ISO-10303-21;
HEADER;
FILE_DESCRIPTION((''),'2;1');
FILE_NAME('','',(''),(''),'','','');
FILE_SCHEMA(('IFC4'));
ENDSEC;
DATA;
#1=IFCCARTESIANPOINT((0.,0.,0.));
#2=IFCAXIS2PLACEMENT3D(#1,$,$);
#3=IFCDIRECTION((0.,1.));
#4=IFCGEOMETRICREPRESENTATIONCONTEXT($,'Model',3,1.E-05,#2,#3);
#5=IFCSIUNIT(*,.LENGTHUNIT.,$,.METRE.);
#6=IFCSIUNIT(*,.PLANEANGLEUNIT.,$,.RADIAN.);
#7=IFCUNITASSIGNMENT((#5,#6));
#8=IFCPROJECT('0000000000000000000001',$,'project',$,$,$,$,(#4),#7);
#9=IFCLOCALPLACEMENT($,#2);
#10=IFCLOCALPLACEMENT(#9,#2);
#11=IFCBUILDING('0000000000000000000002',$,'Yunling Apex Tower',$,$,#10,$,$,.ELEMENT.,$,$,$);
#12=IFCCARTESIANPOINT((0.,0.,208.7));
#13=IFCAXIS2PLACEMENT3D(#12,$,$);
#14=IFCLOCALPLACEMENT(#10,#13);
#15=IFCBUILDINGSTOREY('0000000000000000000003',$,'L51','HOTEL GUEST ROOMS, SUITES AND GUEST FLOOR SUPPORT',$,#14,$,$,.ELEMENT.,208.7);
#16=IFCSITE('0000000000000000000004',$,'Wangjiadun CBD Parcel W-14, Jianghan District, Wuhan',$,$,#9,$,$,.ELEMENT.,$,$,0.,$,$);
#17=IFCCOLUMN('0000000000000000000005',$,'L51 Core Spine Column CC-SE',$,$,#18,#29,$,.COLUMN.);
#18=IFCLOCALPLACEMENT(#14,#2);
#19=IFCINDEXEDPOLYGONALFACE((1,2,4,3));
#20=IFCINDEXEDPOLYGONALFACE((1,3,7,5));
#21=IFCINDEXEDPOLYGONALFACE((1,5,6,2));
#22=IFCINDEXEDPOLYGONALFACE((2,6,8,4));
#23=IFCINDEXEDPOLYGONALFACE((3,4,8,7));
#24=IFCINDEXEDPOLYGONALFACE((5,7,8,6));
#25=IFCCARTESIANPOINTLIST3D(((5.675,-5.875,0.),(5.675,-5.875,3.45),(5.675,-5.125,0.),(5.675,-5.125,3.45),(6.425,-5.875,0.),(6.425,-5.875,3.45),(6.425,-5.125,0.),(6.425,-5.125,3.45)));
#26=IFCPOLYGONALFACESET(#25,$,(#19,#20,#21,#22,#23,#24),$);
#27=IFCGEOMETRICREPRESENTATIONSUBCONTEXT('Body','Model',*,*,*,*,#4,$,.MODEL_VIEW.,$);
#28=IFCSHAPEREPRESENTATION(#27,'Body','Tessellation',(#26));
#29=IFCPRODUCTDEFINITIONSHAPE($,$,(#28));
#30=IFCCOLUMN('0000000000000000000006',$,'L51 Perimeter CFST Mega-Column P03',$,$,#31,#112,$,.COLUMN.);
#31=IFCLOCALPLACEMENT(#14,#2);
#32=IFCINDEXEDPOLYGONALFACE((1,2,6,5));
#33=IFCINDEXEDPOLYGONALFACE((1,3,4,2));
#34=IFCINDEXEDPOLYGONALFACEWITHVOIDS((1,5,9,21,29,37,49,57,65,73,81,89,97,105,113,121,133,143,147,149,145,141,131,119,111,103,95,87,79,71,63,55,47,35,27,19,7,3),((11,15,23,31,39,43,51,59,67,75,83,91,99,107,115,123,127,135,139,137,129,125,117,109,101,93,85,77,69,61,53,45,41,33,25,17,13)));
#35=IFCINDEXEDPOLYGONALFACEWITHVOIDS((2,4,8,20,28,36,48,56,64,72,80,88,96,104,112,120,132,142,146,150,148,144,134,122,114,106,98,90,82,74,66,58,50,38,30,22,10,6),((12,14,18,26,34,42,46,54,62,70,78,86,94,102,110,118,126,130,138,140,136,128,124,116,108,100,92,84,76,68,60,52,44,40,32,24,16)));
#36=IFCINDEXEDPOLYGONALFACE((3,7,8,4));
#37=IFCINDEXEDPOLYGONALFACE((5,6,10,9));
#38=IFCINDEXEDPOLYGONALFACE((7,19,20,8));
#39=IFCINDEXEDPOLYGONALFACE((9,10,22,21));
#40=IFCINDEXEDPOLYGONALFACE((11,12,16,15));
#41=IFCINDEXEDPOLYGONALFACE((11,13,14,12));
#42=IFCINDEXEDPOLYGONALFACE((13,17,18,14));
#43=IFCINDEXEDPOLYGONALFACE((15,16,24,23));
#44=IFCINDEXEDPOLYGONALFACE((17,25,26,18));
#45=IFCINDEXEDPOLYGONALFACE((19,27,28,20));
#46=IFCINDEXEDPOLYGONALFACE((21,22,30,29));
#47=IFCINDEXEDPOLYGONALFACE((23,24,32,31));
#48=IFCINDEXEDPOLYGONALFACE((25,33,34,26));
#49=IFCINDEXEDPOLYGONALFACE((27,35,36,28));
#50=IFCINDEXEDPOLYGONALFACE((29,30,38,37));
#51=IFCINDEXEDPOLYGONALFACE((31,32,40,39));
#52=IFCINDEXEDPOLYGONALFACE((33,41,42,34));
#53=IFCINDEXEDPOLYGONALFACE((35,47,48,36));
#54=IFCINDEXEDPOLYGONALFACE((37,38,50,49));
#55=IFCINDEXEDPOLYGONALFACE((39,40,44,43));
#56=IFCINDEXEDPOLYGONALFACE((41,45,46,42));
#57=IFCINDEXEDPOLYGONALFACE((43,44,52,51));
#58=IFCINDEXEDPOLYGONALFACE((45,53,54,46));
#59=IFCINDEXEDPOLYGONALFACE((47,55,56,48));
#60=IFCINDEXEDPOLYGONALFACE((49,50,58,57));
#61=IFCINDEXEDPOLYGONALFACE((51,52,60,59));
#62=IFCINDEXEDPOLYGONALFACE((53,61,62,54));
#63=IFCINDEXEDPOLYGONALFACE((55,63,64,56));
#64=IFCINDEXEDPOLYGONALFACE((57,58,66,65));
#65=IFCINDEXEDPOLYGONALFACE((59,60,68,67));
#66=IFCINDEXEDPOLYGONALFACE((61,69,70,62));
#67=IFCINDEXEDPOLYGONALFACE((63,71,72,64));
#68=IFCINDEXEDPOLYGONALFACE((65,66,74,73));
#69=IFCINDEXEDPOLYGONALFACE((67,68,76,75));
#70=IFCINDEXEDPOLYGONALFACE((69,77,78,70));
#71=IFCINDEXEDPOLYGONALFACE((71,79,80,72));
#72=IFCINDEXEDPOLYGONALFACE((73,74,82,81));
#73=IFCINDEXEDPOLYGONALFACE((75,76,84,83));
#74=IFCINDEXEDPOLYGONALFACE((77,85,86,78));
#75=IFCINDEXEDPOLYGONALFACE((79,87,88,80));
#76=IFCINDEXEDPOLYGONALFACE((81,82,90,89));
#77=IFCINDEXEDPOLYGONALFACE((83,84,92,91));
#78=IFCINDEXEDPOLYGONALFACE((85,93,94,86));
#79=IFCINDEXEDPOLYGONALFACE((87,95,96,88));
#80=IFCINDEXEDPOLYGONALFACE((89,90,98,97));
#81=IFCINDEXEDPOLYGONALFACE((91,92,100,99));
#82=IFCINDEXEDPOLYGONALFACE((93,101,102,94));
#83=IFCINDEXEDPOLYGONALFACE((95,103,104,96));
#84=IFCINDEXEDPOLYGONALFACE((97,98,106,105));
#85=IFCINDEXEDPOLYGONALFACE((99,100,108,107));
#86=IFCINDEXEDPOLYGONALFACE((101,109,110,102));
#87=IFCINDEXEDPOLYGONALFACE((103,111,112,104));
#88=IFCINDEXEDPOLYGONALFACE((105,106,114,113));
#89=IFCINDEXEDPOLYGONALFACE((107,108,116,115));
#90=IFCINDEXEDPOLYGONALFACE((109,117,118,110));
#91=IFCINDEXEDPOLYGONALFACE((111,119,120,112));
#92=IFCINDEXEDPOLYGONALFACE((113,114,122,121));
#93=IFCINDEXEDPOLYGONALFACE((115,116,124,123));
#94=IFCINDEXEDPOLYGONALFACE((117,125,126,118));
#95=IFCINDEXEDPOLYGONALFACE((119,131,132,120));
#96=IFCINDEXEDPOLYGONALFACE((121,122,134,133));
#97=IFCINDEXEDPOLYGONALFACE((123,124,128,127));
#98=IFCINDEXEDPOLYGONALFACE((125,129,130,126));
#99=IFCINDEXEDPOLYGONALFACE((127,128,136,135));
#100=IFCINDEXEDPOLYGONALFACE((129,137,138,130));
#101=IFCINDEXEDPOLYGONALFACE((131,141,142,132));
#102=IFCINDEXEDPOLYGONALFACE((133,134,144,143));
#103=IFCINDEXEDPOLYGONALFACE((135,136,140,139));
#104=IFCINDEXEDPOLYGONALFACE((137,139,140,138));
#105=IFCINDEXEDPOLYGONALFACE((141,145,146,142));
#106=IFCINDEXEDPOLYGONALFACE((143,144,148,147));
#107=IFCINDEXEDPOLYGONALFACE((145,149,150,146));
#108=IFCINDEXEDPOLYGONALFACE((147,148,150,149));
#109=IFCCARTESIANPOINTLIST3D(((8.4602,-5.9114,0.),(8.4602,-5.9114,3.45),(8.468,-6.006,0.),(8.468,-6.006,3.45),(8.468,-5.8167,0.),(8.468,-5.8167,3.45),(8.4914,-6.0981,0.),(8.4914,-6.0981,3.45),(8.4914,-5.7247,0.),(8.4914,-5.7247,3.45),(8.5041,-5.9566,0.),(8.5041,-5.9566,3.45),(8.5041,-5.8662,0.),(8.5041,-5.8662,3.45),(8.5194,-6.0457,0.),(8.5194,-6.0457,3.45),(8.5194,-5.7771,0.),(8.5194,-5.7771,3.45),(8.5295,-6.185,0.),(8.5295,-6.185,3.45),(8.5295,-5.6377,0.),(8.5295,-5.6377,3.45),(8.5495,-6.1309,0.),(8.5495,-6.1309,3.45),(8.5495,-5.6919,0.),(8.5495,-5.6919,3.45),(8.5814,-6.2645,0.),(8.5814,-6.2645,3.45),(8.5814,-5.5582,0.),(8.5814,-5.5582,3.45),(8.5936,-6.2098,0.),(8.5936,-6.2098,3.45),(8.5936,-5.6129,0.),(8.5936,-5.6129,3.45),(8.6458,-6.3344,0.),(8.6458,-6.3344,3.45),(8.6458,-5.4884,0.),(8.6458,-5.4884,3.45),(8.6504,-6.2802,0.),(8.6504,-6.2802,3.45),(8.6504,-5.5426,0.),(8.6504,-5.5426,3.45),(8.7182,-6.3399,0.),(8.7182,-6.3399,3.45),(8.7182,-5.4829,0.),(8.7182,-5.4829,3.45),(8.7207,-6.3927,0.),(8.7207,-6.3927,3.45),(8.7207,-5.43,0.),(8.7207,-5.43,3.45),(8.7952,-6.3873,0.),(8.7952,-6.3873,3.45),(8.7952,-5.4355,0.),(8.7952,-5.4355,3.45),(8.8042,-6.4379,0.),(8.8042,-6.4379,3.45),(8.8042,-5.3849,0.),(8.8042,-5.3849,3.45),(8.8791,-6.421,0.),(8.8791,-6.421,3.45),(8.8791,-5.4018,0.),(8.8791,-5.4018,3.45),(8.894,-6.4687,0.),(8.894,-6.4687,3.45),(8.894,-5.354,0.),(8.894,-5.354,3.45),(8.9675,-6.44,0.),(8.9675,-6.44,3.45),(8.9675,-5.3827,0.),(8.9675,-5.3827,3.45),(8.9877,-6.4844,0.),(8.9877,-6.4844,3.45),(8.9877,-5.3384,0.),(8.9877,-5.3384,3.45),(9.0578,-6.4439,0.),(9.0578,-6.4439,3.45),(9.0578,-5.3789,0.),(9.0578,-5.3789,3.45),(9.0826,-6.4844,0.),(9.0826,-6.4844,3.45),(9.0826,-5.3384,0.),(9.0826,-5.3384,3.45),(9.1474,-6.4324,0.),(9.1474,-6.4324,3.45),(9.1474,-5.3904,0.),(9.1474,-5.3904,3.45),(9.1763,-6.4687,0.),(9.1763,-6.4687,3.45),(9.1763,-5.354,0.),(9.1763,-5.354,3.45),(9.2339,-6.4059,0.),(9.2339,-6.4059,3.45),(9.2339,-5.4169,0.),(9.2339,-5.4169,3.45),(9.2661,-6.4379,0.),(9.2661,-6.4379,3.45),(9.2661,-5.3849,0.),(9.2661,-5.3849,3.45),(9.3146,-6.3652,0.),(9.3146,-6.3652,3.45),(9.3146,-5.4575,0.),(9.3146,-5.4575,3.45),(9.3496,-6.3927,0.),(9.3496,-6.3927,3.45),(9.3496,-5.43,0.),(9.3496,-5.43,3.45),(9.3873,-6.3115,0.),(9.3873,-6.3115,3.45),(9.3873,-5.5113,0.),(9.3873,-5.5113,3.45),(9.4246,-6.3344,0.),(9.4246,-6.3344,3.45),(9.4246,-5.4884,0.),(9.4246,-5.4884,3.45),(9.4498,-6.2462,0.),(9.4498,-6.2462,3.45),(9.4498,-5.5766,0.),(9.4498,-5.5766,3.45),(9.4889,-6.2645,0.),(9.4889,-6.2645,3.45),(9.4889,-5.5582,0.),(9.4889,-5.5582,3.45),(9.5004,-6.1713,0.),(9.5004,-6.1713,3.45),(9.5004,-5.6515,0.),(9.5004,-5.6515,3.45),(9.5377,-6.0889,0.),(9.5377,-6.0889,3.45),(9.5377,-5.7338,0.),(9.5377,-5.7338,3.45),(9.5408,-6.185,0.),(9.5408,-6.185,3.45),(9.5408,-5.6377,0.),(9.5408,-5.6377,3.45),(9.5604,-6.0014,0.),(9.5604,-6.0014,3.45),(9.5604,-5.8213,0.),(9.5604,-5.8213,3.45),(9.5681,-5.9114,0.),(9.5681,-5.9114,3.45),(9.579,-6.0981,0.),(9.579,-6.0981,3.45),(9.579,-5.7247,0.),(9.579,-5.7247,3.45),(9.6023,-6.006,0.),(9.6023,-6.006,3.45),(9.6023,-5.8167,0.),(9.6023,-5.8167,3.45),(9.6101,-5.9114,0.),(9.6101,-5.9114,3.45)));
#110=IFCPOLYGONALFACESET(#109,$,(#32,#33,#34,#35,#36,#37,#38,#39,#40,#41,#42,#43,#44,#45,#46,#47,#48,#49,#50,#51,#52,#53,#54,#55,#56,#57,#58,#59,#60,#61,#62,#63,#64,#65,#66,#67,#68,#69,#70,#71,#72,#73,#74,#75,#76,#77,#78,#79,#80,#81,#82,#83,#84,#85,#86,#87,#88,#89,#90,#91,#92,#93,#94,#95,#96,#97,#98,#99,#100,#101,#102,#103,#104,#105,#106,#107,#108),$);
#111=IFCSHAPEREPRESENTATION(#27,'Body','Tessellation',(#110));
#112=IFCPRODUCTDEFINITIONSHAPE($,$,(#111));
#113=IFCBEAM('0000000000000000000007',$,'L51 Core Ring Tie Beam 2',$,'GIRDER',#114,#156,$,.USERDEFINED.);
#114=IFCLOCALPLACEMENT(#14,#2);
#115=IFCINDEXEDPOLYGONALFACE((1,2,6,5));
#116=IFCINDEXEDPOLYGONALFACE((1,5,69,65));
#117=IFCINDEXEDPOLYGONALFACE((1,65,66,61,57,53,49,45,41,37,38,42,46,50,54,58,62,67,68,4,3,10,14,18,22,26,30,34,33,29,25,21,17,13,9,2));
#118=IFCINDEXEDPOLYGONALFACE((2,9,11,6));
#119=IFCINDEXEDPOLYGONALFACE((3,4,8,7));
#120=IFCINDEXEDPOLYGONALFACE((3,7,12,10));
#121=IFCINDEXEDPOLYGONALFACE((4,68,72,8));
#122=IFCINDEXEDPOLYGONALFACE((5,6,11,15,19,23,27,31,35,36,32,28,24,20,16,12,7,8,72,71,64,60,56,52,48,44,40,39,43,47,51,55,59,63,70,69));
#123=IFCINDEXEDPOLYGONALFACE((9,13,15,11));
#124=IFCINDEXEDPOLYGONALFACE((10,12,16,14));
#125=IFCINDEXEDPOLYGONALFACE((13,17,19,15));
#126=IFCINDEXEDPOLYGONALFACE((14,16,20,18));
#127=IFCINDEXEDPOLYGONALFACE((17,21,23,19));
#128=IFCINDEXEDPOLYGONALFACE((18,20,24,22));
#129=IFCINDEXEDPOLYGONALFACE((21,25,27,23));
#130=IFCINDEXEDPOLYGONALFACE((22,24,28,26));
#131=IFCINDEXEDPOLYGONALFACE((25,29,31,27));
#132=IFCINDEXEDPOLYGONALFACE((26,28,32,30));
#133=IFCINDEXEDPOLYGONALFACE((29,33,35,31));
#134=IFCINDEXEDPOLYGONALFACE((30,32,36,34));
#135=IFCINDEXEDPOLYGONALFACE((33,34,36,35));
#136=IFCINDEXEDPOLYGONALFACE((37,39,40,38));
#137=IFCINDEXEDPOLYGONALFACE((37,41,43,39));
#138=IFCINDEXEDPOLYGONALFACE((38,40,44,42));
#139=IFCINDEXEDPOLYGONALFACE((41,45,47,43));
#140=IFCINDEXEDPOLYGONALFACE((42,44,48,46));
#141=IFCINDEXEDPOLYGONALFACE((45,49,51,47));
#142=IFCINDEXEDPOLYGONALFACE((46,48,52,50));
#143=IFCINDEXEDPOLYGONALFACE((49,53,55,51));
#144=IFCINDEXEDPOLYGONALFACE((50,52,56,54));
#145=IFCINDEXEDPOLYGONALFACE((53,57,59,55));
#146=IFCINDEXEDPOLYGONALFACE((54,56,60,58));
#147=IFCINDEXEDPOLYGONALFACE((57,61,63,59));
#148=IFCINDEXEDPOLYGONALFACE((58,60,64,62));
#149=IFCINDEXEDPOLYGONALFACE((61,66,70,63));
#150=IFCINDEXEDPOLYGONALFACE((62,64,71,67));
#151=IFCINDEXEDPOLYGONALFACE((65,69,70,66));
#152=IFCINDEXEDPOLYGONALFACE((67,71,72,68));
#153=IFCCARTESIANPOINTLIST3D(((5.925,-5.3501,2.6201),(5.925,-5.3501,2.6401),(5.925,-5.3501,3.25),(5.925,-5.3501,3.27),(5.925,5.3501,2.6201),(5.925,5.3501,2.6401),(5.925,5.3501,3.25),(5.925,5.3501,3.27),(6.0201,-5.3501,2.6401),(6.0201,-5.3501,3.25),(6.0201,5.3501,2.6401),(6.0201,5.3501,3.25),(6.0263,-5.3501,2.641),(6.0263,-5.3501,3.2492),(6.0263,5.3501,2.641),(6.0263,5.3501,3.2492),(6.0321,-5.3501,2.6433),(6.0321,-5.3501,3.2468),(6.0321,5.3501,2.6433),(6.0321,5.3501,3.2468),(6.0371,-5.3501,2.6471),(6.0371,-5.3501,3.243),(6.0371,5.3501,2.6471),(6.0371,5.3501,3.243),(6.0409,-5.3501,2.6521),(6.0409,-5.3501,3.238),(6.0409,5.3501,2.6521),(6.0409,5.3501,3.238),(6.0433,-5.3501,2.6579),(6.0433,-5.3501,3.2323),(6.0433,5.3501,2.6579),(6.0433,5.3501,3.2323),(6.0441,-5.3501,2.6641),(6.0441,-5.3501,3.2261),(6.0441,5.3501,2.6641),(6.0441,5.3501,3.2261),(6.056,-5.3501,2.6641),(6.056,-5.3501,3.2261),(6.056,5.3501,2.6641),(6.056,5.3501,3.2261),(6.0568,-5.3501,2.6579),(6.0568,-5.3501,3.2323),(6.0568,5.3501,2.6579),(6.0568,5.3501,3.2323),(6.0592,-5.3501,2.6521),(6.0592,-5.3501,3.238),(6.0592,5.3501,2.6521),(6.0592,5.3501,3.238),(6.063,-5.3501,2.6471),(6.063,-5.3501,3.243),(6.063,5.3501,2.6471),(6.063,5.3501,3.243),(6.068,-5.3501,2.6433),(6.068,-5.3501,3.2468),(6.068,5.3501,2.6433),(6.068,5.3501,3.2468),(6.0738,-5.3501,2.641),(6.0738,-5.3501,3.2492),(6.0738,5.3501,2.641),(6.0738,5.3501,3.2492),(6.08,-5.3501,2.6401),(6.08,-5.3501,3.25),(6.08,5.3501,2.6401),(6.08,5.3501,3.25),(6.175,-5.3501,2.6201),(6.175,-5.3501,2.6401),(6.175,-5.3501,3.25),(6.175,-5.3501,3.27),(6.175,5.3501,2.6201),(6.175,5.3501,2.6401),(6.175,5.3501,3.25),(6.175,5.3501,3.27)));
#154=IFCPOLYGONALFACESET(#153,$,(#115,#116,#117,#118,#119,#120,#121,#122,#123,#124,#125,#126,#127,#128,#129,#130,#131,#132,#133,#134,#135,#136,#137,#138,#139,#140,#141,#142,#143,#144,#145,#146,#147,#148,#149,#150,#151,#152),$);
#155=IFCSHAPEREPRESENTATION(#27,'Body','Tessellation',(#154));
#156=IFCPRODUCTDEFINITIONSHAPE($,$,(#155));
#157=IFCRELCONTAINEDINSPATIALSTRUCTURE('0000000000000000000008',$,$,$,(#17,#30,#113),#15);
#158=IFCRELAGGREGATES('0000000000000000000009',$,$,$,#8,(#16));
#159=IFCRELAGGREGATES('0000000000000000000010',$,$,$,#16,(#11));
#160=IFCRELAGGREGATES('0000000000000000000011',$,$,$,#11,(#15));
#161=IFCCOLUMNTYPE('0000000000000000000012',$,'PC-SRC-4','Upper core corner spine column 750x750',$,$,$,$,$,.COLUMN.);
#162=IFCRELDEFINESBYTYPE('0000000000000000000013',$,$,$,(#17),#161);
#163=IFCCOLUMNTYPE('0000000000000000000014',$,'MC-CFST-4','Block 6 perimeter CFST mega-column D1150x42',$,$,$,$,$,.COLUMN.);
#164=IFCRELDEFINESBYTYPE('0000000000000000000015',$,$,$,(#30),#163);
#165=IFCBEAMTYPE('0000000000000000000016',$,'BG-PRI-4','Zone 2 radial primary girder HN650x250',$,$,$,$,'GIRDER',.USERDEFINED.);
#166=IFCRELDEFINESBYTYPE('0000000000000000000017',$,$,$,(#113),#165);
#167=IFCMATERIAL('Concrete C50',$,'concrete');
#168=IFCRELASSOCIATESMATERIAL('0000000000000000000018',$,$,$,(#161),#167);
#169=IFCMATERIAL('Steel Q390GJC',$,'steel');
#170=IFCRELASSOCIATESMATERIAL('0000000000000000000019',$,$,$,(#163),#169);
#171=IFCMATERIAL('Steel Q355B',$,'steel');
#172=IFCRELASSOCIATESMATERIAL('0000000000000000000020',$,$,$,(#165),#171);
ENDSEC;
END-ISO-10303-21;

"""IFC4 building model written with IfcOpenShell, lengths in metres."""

from ifc_helpers import new_model, si_unit, direction, frame, origin, origin_2d, place, context, subcontext, project, spatial, rectangle, hollow_circle, i_section, extrude, source, transform, mapped, material, material_profile, profile_set, type_object, element, save


model = new_model("IFC4")

# Units and contexts
model_context = context("Model", 3, precision=1e-05, world=origin(), true_north=direction((0.0, 1.0)))
body_context = subcontext(model_context, "Body", "Model", "MODEL_VIEW")
ifc_project = project(units=[si_unit("LENGTHUNIT", "METRE"), si_unit("PLANEANGLEUNIT", "RADIAN")], contexts=[model_context])

# Site, building, storey
site_placement = place(None, origin())
site = spatial("IfcSite", under=ifc_project, at=site_placement, Name="Wangjiadun CBD Parcel W-14, Jianghan District, Wuhan", CompositionType="ELEMENT", RefElevation=0.0)
building_placement = place(site_placement, origin())
building = spatial("IfcBuilding", under=site, at=building_placement, Name="Yunling Apex Tower", CompositionType="ELEMENT")
storey_placement = place(building_placement, frame((0.0, 0.0, 208.7)))
storey = spatial("IfcBuildingStorey", under=building, at=storey_placement, Name="L51", Description="HOTEL GUEST ROOMS, SUITES AND GUEST FLOOR SUPPORT", CompositionType="ELEMENT", Elevation=208.7)

# Columns
ifc_material_1 = material(Name="Concrete C50", Category="concrete")
ifc_material_profile_1 = material_profile(ifc_material_1, rectangle(XDim=0.75, YDim=0.75, at=origin_2d()))
ifc_profile_set_1 = profile_set([ifc_material_profile_1], Name="Concrete C50")
column_type_1 = type_object("IfcColumnType", Name="PC-SRC-4", Description="Upper core corner spine column 750x750", PredefinedType="COLUMN", material=ifc_profile_set_1)
shared_shape_1 = source(origin(), body_context, "Body", "SweptSolid", [
    extrude(rectangle(XDim=0.75, YDim=0.75, at=origin_2d()), origin(), (0.0, 0.0, 1.0), 3.45),
])
column_1_placement = place(storey_placement, frame((6.05, -5.5, 0.0), z_axis=(0.0, 0.0, 1.0), x_axis=(1.0, 0.0, 0.0)))
element("IfcColumn", 1, at=column_1_placement, inside=storey, type_object=column_type_1, Name="L51 Core Spine Column CC-SE", PredefinedType="COLUMN", context=body_context, shape_type="MappedRepresentation", body=[
    mapped(shared_shape_1, transform((0.0, 0.0, 0.0), scale=1.0)),
])
ifc_material_2 = material(Name="Steel Q390GJC", Category="steel")
ifc_material_profile_2 = material_profile(ifc_material_2, hollow_circle(Radius=0.575, WallThickness=0.042, at=origin_2d()))
ifc_profile_set_2 = profile_set([ifc_material_profile_2], Name="Steel Q390GJC")
column_type_2 = type_object("IfcColumnType", Name="MC-CFST-4", Description="Block 6 perimeter CFST mega-column D1150x42", PredefinedType="COLUMN", material=ifc_profile_set_2)
shared_shape_2 = source(origin(), body_context, "Body", "SweptSolid", [
    extrude(hollow_circle(Radius=0.575, WallThickness=0.042, at=origin_2d()), origin(), (0.0, 0.0, 1.0), 3.45),
])
column_2_placement = place(storey_placement, frame((9.0352, -5.9114, 0.0), z_axis=(0.0, 0.0, 1.0), x_axis=(1.0, 0.0, 0.0)))
element("IfcColumn", 2, at=column_2_placement, inside=storey, type_object=column_type_2, Name="L51 Perimeter CFST Mega-Column P03", PredefinedType="COLUMN", context=body_context, shape_type="MappedRepresentation", body=[
    mapped(shared_shape_2, transform((0.0, 0.0, 0.0), scale=1.0)),
])

# Beam
ifc_material_3 = material(Name="Steel Q355B", Category="steel")
ifc_material_profile_3 = material_profile(ifc_material_3, i_section(OverallWidth=0.25, OverallDepth=0.6499, WebThickness=0.012, FlangeThickness=0.02, FilletRadius=0.0239, at=origin_2d()))
ifc_profile_set_3 = profile_set([ifc_material_profile_3], Name="Steel Q355B")
beam_type_1 = type_object("IfcBeamType", Name="BG-PRI-4", Description="Zone 2 radial primary girder HN650x250", ElementType="GIRDER", PredefinedType="USERDEFINED", material=ifc_profile_set_3)
shared_shape_3 = source(origin(), body_context, "Body", "SweptSolid", [
    extrude(i_section(OverallWidth=0.25, OverallDepth=0.6499, WebThickness=0.012, FlangeThickness=0.02, FilletRadius=0.0239, at=origin_2d()), origin(), (0.0, 0.0, 1.0), 10.7002),
])
beam_1_placement = place(storey_placement, frame((6.05, -5.3501, 2.9451), z_axis=(0.0, 1.0, 0.0), x_axis=(-1.0, 0.0, 0.0)))
element("IfcBeam", 3, at=beam_1_placement, inside=storey, type_object=beam_type_1, Name="L51 Core Ring Tie Beam 2", ObjectType="GIRDER", PredefinedType="USERDEFINED", context=body_context, shape_type="MappedRepresentation", body=[
    mapped(shared_shape_3, transform((0.0, 0.0, 0.0), scale=1.0)),
])

save(model, "model.ifc")
